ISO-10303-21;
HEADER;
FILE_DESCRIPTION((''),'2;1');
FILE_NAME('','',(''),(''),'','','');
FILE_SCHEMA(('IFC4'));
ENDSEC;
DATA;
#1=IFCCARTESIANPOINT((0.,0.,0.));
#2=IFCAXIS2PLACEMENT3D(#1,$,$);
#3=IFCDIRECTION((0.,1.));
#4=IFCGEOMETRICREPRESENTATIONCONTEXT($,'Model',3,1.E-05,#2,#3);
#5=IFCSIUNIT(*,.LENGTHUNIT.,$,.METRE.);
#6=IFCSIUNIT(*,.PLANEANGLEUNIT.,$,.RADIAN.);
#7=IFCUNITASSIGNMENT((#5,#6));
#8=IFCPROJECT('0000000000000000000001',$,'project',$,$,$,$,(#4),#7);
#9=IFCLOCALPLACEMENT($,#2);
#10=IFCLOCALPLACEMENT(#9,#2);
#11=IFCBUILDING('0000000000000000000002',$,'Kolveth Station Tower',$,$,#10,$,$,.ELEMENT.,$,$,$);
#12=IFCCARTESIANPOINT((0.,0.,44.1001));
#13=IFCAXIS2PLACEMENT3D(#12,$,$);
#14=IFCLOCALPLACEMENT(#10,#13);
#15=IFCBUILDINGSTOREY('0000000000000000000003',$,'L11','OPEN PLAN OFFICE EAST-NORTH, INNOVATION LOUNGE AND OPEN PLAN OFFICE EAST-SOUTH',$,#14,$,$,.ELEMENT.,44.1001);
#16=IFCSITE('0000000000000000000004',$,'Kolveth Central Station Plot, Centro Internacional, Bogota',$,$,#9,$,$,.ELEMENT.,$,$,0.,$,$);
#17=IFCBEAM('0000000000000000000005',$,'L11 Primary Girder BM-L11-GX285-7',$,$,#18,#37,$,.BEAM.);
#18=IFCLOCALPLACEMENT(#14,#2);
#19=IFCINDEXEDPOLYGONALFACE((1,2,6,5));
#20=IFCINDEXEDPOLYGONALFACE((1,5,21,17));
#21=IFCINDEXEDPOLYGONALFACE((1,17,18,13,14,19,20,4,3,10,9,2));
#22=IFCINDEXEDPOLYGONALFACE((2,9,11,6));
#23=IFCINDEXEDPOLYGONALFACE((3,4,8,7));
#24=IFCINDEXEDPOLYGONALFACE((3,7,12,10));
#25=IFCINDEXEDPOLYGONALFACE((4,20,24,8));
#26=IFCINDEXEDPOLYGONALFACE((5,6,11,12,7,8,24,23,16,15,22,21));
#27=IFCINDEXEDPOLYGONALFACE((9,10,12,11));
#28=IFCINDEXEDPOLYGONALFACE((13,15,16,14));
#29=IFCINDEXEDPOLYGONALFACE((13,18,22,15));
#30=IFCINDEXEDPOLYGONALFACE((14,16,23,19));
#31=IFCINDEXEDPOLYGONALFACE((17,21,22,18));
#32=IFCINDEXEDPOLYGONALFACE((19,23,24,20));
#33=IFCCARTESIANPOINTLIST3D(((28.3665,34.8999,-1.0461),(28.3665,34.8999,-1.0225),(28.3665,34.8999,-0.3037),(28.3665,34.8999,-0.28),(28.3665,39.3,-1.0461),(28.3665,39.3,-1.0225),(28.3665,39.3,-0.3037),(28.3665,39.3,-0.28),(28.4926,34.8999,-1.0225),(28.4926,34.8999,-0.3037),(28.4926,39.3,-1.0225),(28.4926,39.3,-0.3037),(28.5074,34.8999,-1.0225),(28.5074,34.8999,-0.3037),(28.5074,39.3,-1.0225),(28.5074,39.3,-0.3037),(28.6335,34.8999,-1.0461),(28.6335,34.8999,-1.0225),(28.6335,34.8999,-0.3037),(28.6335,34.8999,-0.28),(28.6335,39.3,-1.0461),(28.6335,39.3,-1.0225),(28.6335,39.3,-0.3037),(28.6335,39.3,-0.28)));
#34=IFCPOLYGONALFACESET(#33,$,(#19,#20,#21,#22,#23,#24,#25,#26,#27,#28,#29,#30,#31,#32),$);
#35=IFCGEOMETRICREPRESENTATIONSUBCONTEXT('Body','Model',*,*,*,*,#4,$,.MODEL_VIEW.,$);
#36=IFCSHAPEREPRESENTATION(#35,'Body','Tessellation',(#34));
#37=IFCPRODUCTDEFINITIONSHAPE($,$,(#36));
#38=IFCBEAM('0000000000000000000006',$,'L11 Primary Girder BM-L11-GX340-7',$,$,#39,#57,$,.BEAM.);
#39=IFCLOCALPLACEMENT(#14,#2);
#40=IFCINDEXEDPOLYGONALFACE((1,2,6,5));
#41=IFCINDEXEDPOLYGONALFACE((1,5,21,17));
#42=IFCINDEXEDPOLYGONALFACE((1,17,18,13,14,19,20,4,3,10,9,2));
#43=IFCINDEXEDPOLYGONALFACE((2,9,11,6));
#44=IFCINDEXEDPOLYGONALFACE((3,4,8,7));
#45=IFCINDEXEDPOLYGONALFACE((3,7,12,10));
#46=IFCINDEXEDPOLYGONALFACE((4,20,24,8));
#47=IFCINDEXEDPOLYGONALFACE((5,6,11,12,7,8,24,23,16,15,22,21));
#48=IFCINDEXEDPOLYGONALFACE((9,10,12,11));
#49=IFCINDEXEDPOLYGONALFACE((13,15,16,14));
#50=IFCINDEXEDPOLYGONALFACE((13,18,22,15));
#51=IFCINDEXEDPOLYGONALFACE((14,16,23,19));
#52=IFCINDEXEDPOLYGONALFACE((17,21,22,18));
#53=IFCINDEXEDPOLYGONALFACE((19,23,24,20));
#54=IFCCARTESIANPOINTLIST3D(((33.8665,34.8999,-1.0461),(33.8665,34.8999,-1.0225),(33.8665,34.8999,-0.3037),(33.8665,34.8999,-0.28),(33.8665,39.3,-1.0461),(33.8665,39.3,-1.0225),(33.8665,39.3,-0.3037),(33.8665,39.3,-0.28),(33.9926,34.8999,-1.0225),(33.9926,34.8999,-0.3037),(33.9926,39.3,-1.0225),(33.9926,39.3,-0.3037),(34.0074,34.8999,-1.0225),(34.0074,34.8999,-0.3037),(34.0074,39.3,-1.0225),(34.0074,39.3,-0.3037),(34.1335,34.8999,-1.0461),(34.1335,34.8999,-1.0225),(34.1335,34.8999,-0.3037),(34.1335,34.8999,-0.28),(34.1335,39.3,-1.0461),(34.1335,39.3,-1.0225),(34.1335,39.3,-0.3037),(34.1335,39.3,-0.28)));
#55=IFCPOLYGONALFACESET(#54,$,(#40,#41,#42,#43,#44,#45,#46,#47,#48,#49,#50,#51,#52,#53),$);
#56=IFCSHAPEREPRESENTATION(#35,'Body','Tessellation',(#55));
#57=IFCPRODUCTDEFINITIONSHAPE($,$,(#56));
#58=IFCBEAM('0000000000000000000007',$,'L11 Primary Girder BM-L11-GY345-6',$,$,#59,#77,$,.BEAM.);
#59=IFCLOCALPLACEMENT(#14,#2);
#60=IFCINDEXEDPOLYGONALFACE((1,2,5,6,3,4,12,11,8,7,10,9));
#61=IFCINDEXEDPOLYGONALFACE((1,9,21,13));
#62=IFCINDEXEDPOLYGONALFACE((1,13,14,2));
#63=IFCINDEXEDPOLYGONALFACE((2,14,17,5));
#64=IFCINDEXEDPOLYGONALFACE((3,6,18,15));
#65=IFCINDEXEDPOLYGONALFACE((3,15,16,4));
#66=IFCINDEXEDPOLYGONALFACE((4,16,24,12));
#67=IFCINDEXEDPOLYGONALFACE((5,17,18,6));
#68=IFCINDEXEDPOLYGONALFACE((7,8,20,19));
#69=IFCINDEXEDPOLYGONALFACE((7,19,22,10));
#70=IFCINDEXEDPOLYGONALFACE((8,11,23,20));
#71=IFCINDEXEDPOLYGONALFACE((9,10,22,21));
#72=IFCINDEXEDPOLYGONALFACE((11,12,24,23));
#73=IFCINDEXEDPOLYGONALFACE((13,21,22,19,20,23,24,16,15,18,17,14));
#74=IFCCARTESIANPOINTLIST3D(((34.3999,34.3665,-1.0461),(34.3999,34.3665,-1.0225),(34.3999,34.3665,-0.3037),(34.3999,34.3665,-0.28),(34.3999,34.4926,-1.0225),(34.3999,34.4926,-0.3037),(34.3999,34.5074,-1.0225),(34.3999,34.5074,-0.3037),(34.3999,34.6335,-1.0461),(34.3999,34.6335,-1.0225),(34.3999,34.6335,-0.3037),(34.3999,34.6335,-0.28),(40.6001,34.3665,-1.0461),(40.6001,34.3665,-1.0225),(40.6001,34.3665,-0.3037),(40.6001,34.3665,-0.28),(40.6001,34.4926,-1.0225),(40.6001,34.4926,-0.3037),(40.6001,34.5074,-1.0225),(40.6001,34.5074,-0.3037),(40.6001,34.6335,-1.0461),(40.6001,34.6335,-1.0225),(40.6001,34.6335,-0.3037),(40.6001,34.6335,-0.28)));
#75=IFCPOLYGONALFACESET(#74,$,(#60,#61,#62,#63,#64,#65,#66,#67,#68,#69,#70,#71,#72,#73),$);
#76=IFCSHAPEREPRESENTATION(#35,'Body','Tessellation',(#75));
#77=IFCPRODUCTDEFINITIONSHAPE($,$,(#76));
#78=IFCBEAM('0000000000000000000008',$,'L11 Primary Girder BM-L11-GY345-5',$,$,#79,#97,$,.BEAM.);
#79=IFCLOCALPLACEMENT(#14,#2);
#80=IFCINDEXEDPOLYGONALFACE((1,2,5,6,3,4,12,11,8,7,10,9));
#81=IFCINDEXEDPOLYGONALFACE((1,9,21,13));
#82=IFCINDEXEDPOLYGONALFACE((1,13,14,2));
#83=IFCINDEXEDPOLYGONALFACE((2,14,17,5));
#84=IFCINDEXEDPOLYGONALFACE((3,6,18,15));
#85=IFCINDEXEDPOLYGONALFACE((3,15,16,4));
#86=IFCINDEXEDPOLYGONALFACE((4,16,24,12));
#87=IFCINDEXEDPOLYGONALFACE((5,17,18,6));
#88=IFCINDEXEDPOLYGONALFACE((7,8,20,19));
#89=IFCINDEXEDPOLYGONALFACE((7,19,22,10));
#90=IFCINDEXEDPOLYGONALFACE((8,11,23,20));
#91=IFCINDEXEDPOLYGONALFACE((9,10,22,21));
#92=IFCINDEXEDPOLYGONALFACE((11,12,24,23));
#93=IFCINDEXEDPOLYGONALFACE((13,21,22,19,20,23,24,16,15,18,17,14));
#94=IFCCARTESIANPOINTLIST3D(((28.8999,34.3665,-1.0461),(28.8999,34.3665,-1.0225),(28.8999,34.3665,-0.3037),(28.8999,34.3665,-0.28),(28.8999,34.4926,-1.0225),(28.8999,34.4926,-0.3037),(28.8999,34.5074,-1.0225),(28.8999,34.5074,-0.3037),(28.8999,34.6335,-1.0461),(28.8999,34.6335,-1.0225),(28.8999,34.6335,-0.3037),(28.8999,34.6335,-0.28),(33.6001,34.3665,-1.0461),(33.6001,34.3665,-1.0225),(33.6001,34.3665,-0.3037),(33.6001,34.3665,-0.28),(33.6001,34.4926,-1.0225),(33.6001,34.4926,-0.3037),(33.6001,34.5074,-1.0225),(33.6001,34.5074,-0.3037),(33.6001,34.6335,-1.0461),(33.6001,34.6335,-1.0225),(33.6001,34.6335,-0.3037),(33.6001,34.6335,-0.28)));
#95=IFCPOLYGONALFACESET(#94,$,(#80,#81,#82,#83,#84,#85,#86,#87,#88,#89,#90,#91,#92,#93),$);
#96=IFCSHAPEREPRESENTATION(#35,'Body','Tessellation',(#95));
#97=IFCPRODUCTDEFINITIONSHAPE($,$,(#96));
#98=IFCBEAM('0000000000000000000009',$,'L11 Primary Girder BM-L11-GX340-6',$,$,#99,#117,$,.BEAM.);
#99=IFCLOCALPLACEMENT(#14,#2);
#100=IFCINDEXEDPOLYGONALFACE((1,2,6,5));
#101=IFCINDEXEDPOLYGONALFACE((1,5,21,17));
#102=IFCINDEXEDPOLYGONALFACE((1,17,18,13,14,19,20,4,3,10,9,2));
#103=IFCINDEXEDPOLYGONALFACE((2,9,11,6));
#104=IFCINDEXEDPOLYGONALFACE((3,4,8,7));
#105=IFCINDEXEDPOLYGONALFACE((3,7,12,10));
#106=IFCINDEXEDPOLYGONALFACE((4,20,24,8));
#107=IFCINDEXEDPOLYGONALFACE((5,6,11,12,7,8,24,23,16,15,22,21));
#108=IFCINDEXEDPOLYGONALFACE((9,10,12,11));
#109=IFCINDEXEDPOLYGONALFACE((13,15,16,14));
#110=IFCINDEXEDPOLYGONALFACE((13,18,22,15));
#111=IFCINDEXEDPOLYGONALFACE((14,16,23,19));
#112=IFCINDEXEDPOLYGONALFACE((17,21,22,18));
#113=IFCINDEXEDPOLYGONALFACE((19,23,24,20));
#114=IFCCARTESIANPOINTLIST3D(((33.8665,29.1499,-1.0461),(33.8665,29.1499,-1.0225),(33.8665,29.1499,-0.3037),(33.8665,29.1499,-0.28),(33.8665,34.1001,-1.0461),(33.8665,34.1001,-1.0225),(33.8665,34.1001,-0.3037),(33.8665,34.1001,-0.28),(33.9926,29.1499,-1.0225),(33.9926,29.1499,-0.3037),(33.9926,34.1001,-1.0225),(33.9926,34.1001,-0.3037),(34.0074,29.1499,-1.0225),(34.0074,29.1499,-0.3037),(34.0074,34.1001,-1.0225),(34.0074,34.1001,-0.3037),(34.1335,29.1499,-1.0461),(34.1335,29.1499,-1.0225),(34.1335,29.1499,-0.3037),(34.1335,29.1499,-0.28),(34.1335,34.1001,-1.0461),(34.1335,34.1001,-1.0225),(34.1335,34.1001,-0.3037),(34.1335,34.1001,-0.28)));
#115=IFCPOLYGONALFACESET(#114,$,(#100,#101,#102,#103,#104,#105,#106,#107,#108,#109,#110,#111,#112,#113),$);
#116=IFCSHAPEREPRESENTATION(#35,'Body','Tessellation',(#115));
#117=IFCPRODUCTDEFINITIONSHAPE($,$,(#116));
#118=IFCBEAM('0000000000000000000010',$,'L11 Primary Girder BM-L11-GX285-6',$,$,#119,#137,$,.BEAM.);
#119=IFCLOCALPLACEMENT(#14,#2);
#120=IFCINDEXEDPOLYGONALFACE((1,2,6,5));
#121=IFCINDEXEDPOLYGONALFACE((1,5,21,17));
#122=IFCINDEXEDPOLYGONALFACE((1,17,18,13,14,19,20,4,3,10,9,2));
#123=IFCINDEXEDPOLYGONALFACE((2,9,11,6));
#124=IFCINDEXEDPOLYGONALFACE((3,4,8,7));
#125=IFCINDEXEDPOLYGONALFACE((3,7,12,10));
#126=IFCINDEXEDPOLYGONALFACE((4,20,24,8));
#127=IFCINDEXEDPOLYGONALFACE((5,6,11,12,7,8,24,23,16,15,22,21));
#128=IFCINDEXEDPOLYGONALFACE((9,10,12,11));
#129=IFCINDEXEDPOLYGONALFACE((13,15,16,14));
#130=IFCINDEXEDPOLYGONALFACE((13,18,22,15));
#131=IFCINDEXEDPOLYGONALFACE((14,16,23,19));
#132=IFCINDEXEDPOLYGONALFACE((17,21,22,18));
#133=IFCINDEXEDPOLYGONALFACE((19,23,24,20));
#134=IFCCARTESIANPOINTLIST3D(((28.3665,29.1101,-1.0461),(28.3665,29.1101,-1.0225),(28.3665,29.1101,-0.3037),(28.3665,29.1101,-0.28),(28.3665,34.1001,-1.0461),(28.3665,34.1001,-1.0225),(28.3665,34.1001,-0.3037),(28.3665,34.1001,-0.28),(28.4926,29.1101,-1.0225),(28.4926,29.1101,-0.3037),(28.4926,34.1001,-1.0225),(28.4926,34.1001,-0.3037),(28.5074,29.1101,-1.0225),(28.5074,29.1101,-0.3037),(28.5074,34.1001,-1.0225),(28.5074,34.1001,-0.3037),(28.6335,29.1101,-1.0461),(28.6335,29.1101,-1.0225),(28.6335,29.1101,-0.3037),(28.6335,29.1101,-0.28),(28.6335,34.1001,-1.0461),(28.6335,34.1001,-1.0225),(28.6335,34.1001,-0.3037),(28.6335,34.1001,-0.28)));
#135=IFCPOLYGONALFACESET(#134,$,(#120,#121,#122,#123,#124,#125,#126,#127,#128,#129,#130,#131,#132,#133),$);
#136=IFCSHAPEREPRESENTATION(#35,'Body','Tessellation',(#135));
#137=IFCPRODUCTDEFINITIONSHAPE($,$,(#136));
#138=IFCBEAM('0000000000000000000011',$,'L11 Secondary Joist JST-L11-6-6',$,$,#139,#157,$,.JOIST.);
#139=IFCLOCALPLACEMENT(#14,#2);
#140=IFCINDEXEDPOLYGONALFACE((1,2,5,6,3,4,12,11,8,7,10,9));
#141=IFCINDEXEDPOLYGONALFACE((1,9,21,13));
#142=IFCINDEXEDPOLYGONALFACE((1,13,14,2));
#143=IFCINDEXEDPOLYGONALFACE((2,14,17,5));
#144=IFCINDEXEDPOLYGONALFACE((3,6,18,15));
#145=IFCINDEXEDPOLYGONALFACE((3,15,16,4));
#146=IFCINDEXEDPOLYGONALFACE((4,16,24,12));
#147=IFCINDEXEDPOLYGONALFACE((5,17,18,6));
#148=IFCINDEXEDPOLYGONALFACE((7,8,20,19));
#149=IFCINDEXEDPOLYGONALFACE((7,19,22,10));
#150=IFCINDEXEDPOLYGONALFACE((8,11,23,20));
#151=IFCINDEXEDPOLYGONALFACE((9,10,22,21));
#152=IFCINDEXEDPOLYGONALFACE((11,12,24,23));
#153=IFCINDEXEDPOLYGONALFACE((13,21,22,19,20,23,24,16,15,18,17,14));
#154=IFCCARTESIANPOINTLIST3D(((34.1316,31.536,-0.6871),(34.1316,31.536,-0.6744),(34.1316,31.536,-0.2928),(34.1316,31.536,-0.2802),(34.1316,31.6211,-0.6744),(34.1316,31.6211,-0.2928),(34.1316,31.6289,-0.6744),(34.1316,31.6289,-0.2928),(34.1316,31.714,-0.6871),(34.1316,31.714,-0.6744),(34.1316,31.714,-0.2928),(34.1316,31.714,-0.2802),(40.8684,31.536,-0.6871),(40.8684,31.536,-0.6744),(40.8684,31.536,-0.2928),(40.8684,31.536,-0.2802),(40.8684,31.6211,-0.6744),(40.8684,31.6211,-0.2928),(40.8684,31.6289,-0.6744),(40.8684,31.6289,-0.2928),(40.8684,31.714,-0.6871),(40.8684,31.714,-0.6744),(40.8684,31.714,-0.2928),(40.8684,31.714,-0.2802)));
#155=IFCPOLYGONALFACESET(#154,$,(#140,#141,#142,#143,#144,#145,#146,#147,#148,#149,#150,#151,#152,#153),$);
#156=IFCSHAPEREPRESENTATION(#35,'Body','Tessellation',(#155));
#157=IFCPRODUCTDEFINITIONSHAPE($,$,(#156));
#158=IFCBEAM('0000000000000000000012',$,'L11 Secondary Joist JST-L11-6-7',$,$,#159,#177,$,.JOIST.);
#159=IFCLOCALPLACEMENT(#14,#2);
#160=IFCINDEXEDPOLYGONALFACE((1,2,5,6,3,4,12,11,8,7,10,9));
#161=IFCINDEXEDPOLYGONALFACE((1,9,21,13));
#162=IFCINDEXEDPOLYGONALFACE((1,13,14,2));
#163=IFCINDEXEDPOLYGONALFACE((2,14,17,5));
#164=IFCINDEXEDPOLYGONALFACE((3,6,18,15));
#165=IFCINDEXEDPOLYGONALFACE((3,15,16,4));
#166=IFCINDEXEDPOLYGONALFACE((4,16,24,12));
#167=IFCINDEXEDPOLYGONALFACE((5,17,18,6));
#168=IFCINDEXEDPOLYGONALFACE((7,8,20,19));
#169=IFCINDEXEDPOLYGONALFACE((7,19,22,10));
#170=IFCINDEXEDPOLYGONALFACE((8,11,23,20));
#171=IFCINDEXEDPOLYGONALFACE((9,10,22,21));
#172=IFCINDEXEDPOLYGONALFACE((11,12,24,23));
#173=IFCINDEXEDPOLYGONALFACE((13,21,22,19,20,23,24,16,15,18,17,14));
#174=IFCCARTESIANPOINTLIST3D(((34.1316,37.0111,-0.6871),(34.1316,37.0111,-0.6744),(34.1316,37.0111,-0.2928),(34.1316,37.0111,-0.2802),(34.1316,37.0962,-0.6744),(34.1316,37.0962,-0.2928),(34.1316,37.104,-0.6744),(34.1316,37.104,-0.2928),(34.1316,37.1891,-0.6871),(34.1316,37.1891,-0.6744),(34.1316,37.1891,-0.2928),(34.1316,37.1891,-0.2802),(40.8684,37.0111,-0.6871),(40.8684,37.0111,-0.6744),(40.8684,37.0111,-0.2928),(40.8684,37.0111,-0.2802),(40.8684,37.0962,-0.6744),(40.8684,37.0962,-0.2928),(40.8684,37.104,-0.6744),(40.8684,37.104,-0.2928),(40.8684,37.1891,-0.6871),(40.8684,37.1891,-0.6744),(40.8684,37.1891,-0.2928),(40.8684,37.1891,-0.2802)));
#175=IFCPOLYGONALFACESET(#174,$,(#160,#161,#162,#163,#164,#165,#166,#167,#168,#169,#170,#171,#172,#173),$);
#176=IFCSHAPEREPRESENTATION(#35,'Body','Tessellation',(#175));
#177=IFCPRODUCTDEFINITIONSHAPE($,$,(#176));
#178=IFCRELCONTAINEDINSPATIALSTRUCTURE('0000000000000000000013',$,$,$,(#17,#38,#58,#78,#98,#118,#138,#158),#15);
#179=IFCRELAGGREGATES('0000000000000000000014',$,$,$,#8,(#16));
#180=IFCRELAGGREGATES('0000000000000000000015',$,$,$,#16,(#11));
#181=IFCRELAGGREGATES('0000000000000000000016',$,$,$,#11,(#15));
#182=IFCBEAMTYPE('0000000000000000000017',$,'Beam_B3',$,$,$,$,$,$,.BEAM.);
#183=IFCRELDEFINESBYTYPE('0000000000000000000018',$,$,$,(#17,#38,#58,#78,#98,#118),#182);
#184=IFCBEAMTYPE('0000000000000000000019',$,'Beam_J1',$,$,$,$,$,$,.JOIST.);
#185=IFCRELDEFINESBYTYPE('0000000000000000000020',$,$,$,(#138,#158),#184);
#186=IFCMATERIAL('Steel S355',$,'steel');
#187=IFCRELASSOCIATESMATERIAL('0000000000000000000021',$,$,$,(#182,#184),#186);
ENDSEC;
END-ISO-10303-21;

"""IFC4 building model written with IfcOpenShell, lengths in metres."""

from ifc_helpers import new_model, si_unit, direction, frame, origin, origin_2d, place, context, subcontext, project, spatial, i_section, extrude, source, transform, mapped, material, material_profile, profile_set, type_object, element, save


model = new_model("IFC4")

# Units and contexts
model_context = context("Model", 3, precision=1e-05, world=origin(), true_north=direction((0.0, 1.0)))
body_context = subcontext(model_context, "Body", "Model", "MODEL_VIEW")
ifc_project = project(units=[si_unit("LENGTHUNIT", "METRE"), si_unit("PLANEANGLEUNIT", "RADIAN")], contexts=[model_context])

# Site, building, storey
site_placement = place(None, origin())
site = spatial("IfcSite", under=ifc_project, at=site_placement, Name="Kolveth Central Station Plot, Centro Internacional, Bogota", CompositionType="ELEMENT", RefElevation=0.0)
building_placement = place(site_placement, origin())
building = spatial("IfcBuilding", under=site, at=building_placement, Name="Kolveth Station Tower", CompositionType="ELEMENT")
storey_placement = place(building_placement, frame((0.0, 0.0, 44.1001)))
storey = spatial("IfcBuildingStorey", under=building, at=storey_placement, Name="L11", Description="OPEN PLAN OFFICE EAST-NORTH, INNOVATION LOUNGE AND OPEN PLAN OFFICE EAST-SOUTH", CompositionType="ELEMENT", Elevation=44.1001)

# Shared definitions
ifc_material_1 = material(Name="Steel S355", Category="steel")

# Beams
ifc_material_profile_1 = material_profile(ifc_material_1, i_section(OverallWidth=0.2671, OverallDepth=0.7661, WebThickness=0.0149, FlangeThickness=0.0237, at=origin_2d()), Name="W760x185")
ifc_profile_set_1 = profile_set([ifc_material_profile_1], Name="Steel S355")
beam_type_1 = type_object("IfcBeamType", Name="Beam_B3", PredefinedType="BEAM", material=ifc_profile_set_1)
shared_shape_1 = source(origin(), body_context, "Body", "SweptSolid", [
    extrude(i_section(OverallWidth=0.2671, OverallDepth=0.7661, WebThickness=0.0149, FlangeThickness=0.0237, at=origin_2d()), origin(), (0.0, 0.0, 1.0), 4.4001),
])
for number, where, z_axis, x_axis, name in (
    (1, (28.5, 34.8999, -0.6631), (0.0, 1.0, 0.0), (-1.0, 0.0, 0.0), "L11 Primary Girder BM-L11-GX285-7"),
    (2, (34.0, 34.8999, -0.6631), (0.0, 1.0, 0.0), (-1.0, 0.0, 0.0), "L11 Primary Girder BM-L11-GX340-7"),
):
    element("IfcBeam", number, at=place(storey_placement, frame(where, z_axis=z_axis, x_axis=x_axis)), inside=storey, type_object=beam_type_1, Name=name, PredefinedType="BEAM", context=body_context, shape_type="MappedRepresentation", body=[
        mapped(shared_shape_1, transform((0.0, 0.0, 0.0), x_axis=(1.0, 0.0, 0.0), y_axis=(0.0, 1.0, 0.0), z_axis=(0.0, 0.0, 1.0), scale=1.0)),
    ])
shared_shape_2 = source(origin(), body_context, "Body", "SweptSolid", [
    extrude(i_section(OverallWidth=0.2671, OverallDepth=0.7661, WebThickness=0.0149, FlangeThickness=0.0237, at=origin_2d()), origin(), (0.0, 0.0, 1.0), 6.2002),
])
beam_1_placement = place(storey_placement, frame((34.3999, 34.5, -0.6631), z_axis=(1.0, 0.0, 0.0), x_axis=(0.0, 1.0, 0.0)))
element("IfcBeam", 3, at=beam_1_placement, inside=storey, type_object=beam_type_1, Name="L11 Primary Girder BM-L11-GY345-6", PredefinedType="BEAM", context=body_context, shape_type="MappedRepresentation", body=[
    mapped(shared_shape_2, transform((0.0, 0.0, 0.0), x_axis=(1.0, 0.0, 0.0), y_axis=(0.0, 1.0, 0.0), z_axis=(0.0, 0.0, 1.0), scale=1.0)),
])
shared_shape_3 = source(origin(), body_context, "Body", "SweptSolid", [
    extrude(i_section(OverallWidth=0.2671, OverallDepth=0.7661, WebThickness=0.0149, FlangeThickness=0.0237, at=origin_2d()), origin(), (0.0, 0.0, 1.0), 4.7002),
])
beam_2_placement = place(storey_placement, frame((28.8999, 34.5, -0.6631), z_axis=(1.0, 0.0, 0.0), x_axis=(0.0, 1.0, 0.0)))
element("IfcBeam", 4, at=beam_2_placement, inside=storey, type_object=beam_type_1, Name="L11 Primary Girder BM-L11-GY345-5", PredefinedType="BEAM", context=body_context, shape_type="MappedRepresentation", body=[
    mapped(shared_shape_3, transform((0.0, 0.0, 0.0), x_axis=(1.0, 0.0, 0.0), y_axis=(0.0, 1.0, 0.0), z_axis=(0.0, 0.0, 1.0), scale=1.0)),
])
shared_shape_4 = source(origin(), body_context, "Body", "SweptSolid", [
    extrude(i_section(OverallWidth=0.2671, OverallDepth=0.7661, WebThickness=0.0149, FlangeThickness=0.0237, at=origin_2d()), origin(), (0.0, 0.0, 1.0), 4.9502),
])
beam_3_placement = place(storey_placement, frame((34.0, 29.1499, -0.6631), z_axis=(0.0, 1.0, 0.0), x_axis=(-1.0, 0.0, 0.0)))
element("IfcBeam", 5, at=beam_3_placement, inside=storey, type_object=beam_type_1, Name="L11 Primary Girder BM-L11-GX340-6", PredefinedType="BEAM", context=body_context, shape_type="MappedRepresentation", body=[
    mapped(shared_shape_4, transform((0.0, 0.0, 0.0), x_axis=(1.0, 0.0, 0.0), y_axis=(0.0, 1.0, 0.0), z_axis=(0.0, 0.0, 1.0), scale=1.0)),
])
shared_shape_5 = source(origin(), body_context, "Body", "SweptSolid", [
    extrude(i_section(OverallWidth=0.2671, OverallDepth=0.7661, WebThickness=0.0149, FlangeThickness=0.0237, at=origin_2d()), origin(), (0.0, 0.0, 1.0), 4.99),
])
beam_4_placement = place(storey_placement, frame((28.5, 29.1101, -0.6631), z_axis=(0.0, 1.0, 0.0), x_axis=(-1.0, 0.0, 0.0)))
element("IfcBeam", 6, at=beam_4_placement, inside=storey, type_object=beam_type_1, Name="L11 Primary Girder BM-L11-GX285-6", PredefinedType="BEAM", context=body_context, shape_type="MappedRepresentation", body=[
    mapped(shared_shape_5, transform((0.0, 0.0, 0.0), x_axis=(1.0, 0.0, 0.0), y_axis=(0.0, 1.0, 0.0), z_axis=(0.0, 0.0, 1.0), scale=1.0)),
])
ifc_material_profile_2 = material_profile(ifc_material_1, i_section(OverallWidth=0.178, OverallDepth=0.407, WebThickness=0.0078, FlangeThickness=0.0127, at=origin_2d()), Name="W410x60")
ifc_profile_set_2 = profile_set([ifc_material_profile_2], Name="Steel S355")
beam_type_2 = type_object("IfcBeamType", Name="Beam_J1", PredefinedType="JOIST", material=ifc_profile_set_2)
shared_shape_6 = source(origin(), body_context, "Body", "SweptSolid", [
    extrude(i_section(OverallWidth=0.178, OverallDepth=0.407, WebThickness=0.0078, FlangeThickness=0.0127, at=origin_2d()), origin(), (0.0, 0.0, 1.0), 6.7368),
])
for number, where, z_axis, x_axis, name in (
    (7, (34.1316, 31.625, -0.4836), (1.0, 0.0, 0.0), (0.0, 1.0, 0.0), "L11 Secondary Joist JST-L11-6-6"),
    (8, (34.1316, 37.1001, -0.4836), (1.0, 0.0, 0.0), (0.0, 1.0, 0.0), "L11 Secondary Joist JST-L11-6-7"),
):
    element("IfcBeam", number, at=place(storey_placement, frame(where, z_axis=z_axis, x_axis=x_axis)), inside=storey, type_object=beam_type_2, Name=name, PredefinedType="JOIST", context=body_context, shape_type="MappedRepresentation", body=[
        mapped(shared_shape_6, transform((0.0, 0.0, 0.0), x_axis=(1.0, 0.0, 0.0), y_axis=(0.0, 1.0, 0.0), z_axis=(0.0, 0.0, 1.0), scale=1.0)),
    ])

save(model, "model.ifc")
